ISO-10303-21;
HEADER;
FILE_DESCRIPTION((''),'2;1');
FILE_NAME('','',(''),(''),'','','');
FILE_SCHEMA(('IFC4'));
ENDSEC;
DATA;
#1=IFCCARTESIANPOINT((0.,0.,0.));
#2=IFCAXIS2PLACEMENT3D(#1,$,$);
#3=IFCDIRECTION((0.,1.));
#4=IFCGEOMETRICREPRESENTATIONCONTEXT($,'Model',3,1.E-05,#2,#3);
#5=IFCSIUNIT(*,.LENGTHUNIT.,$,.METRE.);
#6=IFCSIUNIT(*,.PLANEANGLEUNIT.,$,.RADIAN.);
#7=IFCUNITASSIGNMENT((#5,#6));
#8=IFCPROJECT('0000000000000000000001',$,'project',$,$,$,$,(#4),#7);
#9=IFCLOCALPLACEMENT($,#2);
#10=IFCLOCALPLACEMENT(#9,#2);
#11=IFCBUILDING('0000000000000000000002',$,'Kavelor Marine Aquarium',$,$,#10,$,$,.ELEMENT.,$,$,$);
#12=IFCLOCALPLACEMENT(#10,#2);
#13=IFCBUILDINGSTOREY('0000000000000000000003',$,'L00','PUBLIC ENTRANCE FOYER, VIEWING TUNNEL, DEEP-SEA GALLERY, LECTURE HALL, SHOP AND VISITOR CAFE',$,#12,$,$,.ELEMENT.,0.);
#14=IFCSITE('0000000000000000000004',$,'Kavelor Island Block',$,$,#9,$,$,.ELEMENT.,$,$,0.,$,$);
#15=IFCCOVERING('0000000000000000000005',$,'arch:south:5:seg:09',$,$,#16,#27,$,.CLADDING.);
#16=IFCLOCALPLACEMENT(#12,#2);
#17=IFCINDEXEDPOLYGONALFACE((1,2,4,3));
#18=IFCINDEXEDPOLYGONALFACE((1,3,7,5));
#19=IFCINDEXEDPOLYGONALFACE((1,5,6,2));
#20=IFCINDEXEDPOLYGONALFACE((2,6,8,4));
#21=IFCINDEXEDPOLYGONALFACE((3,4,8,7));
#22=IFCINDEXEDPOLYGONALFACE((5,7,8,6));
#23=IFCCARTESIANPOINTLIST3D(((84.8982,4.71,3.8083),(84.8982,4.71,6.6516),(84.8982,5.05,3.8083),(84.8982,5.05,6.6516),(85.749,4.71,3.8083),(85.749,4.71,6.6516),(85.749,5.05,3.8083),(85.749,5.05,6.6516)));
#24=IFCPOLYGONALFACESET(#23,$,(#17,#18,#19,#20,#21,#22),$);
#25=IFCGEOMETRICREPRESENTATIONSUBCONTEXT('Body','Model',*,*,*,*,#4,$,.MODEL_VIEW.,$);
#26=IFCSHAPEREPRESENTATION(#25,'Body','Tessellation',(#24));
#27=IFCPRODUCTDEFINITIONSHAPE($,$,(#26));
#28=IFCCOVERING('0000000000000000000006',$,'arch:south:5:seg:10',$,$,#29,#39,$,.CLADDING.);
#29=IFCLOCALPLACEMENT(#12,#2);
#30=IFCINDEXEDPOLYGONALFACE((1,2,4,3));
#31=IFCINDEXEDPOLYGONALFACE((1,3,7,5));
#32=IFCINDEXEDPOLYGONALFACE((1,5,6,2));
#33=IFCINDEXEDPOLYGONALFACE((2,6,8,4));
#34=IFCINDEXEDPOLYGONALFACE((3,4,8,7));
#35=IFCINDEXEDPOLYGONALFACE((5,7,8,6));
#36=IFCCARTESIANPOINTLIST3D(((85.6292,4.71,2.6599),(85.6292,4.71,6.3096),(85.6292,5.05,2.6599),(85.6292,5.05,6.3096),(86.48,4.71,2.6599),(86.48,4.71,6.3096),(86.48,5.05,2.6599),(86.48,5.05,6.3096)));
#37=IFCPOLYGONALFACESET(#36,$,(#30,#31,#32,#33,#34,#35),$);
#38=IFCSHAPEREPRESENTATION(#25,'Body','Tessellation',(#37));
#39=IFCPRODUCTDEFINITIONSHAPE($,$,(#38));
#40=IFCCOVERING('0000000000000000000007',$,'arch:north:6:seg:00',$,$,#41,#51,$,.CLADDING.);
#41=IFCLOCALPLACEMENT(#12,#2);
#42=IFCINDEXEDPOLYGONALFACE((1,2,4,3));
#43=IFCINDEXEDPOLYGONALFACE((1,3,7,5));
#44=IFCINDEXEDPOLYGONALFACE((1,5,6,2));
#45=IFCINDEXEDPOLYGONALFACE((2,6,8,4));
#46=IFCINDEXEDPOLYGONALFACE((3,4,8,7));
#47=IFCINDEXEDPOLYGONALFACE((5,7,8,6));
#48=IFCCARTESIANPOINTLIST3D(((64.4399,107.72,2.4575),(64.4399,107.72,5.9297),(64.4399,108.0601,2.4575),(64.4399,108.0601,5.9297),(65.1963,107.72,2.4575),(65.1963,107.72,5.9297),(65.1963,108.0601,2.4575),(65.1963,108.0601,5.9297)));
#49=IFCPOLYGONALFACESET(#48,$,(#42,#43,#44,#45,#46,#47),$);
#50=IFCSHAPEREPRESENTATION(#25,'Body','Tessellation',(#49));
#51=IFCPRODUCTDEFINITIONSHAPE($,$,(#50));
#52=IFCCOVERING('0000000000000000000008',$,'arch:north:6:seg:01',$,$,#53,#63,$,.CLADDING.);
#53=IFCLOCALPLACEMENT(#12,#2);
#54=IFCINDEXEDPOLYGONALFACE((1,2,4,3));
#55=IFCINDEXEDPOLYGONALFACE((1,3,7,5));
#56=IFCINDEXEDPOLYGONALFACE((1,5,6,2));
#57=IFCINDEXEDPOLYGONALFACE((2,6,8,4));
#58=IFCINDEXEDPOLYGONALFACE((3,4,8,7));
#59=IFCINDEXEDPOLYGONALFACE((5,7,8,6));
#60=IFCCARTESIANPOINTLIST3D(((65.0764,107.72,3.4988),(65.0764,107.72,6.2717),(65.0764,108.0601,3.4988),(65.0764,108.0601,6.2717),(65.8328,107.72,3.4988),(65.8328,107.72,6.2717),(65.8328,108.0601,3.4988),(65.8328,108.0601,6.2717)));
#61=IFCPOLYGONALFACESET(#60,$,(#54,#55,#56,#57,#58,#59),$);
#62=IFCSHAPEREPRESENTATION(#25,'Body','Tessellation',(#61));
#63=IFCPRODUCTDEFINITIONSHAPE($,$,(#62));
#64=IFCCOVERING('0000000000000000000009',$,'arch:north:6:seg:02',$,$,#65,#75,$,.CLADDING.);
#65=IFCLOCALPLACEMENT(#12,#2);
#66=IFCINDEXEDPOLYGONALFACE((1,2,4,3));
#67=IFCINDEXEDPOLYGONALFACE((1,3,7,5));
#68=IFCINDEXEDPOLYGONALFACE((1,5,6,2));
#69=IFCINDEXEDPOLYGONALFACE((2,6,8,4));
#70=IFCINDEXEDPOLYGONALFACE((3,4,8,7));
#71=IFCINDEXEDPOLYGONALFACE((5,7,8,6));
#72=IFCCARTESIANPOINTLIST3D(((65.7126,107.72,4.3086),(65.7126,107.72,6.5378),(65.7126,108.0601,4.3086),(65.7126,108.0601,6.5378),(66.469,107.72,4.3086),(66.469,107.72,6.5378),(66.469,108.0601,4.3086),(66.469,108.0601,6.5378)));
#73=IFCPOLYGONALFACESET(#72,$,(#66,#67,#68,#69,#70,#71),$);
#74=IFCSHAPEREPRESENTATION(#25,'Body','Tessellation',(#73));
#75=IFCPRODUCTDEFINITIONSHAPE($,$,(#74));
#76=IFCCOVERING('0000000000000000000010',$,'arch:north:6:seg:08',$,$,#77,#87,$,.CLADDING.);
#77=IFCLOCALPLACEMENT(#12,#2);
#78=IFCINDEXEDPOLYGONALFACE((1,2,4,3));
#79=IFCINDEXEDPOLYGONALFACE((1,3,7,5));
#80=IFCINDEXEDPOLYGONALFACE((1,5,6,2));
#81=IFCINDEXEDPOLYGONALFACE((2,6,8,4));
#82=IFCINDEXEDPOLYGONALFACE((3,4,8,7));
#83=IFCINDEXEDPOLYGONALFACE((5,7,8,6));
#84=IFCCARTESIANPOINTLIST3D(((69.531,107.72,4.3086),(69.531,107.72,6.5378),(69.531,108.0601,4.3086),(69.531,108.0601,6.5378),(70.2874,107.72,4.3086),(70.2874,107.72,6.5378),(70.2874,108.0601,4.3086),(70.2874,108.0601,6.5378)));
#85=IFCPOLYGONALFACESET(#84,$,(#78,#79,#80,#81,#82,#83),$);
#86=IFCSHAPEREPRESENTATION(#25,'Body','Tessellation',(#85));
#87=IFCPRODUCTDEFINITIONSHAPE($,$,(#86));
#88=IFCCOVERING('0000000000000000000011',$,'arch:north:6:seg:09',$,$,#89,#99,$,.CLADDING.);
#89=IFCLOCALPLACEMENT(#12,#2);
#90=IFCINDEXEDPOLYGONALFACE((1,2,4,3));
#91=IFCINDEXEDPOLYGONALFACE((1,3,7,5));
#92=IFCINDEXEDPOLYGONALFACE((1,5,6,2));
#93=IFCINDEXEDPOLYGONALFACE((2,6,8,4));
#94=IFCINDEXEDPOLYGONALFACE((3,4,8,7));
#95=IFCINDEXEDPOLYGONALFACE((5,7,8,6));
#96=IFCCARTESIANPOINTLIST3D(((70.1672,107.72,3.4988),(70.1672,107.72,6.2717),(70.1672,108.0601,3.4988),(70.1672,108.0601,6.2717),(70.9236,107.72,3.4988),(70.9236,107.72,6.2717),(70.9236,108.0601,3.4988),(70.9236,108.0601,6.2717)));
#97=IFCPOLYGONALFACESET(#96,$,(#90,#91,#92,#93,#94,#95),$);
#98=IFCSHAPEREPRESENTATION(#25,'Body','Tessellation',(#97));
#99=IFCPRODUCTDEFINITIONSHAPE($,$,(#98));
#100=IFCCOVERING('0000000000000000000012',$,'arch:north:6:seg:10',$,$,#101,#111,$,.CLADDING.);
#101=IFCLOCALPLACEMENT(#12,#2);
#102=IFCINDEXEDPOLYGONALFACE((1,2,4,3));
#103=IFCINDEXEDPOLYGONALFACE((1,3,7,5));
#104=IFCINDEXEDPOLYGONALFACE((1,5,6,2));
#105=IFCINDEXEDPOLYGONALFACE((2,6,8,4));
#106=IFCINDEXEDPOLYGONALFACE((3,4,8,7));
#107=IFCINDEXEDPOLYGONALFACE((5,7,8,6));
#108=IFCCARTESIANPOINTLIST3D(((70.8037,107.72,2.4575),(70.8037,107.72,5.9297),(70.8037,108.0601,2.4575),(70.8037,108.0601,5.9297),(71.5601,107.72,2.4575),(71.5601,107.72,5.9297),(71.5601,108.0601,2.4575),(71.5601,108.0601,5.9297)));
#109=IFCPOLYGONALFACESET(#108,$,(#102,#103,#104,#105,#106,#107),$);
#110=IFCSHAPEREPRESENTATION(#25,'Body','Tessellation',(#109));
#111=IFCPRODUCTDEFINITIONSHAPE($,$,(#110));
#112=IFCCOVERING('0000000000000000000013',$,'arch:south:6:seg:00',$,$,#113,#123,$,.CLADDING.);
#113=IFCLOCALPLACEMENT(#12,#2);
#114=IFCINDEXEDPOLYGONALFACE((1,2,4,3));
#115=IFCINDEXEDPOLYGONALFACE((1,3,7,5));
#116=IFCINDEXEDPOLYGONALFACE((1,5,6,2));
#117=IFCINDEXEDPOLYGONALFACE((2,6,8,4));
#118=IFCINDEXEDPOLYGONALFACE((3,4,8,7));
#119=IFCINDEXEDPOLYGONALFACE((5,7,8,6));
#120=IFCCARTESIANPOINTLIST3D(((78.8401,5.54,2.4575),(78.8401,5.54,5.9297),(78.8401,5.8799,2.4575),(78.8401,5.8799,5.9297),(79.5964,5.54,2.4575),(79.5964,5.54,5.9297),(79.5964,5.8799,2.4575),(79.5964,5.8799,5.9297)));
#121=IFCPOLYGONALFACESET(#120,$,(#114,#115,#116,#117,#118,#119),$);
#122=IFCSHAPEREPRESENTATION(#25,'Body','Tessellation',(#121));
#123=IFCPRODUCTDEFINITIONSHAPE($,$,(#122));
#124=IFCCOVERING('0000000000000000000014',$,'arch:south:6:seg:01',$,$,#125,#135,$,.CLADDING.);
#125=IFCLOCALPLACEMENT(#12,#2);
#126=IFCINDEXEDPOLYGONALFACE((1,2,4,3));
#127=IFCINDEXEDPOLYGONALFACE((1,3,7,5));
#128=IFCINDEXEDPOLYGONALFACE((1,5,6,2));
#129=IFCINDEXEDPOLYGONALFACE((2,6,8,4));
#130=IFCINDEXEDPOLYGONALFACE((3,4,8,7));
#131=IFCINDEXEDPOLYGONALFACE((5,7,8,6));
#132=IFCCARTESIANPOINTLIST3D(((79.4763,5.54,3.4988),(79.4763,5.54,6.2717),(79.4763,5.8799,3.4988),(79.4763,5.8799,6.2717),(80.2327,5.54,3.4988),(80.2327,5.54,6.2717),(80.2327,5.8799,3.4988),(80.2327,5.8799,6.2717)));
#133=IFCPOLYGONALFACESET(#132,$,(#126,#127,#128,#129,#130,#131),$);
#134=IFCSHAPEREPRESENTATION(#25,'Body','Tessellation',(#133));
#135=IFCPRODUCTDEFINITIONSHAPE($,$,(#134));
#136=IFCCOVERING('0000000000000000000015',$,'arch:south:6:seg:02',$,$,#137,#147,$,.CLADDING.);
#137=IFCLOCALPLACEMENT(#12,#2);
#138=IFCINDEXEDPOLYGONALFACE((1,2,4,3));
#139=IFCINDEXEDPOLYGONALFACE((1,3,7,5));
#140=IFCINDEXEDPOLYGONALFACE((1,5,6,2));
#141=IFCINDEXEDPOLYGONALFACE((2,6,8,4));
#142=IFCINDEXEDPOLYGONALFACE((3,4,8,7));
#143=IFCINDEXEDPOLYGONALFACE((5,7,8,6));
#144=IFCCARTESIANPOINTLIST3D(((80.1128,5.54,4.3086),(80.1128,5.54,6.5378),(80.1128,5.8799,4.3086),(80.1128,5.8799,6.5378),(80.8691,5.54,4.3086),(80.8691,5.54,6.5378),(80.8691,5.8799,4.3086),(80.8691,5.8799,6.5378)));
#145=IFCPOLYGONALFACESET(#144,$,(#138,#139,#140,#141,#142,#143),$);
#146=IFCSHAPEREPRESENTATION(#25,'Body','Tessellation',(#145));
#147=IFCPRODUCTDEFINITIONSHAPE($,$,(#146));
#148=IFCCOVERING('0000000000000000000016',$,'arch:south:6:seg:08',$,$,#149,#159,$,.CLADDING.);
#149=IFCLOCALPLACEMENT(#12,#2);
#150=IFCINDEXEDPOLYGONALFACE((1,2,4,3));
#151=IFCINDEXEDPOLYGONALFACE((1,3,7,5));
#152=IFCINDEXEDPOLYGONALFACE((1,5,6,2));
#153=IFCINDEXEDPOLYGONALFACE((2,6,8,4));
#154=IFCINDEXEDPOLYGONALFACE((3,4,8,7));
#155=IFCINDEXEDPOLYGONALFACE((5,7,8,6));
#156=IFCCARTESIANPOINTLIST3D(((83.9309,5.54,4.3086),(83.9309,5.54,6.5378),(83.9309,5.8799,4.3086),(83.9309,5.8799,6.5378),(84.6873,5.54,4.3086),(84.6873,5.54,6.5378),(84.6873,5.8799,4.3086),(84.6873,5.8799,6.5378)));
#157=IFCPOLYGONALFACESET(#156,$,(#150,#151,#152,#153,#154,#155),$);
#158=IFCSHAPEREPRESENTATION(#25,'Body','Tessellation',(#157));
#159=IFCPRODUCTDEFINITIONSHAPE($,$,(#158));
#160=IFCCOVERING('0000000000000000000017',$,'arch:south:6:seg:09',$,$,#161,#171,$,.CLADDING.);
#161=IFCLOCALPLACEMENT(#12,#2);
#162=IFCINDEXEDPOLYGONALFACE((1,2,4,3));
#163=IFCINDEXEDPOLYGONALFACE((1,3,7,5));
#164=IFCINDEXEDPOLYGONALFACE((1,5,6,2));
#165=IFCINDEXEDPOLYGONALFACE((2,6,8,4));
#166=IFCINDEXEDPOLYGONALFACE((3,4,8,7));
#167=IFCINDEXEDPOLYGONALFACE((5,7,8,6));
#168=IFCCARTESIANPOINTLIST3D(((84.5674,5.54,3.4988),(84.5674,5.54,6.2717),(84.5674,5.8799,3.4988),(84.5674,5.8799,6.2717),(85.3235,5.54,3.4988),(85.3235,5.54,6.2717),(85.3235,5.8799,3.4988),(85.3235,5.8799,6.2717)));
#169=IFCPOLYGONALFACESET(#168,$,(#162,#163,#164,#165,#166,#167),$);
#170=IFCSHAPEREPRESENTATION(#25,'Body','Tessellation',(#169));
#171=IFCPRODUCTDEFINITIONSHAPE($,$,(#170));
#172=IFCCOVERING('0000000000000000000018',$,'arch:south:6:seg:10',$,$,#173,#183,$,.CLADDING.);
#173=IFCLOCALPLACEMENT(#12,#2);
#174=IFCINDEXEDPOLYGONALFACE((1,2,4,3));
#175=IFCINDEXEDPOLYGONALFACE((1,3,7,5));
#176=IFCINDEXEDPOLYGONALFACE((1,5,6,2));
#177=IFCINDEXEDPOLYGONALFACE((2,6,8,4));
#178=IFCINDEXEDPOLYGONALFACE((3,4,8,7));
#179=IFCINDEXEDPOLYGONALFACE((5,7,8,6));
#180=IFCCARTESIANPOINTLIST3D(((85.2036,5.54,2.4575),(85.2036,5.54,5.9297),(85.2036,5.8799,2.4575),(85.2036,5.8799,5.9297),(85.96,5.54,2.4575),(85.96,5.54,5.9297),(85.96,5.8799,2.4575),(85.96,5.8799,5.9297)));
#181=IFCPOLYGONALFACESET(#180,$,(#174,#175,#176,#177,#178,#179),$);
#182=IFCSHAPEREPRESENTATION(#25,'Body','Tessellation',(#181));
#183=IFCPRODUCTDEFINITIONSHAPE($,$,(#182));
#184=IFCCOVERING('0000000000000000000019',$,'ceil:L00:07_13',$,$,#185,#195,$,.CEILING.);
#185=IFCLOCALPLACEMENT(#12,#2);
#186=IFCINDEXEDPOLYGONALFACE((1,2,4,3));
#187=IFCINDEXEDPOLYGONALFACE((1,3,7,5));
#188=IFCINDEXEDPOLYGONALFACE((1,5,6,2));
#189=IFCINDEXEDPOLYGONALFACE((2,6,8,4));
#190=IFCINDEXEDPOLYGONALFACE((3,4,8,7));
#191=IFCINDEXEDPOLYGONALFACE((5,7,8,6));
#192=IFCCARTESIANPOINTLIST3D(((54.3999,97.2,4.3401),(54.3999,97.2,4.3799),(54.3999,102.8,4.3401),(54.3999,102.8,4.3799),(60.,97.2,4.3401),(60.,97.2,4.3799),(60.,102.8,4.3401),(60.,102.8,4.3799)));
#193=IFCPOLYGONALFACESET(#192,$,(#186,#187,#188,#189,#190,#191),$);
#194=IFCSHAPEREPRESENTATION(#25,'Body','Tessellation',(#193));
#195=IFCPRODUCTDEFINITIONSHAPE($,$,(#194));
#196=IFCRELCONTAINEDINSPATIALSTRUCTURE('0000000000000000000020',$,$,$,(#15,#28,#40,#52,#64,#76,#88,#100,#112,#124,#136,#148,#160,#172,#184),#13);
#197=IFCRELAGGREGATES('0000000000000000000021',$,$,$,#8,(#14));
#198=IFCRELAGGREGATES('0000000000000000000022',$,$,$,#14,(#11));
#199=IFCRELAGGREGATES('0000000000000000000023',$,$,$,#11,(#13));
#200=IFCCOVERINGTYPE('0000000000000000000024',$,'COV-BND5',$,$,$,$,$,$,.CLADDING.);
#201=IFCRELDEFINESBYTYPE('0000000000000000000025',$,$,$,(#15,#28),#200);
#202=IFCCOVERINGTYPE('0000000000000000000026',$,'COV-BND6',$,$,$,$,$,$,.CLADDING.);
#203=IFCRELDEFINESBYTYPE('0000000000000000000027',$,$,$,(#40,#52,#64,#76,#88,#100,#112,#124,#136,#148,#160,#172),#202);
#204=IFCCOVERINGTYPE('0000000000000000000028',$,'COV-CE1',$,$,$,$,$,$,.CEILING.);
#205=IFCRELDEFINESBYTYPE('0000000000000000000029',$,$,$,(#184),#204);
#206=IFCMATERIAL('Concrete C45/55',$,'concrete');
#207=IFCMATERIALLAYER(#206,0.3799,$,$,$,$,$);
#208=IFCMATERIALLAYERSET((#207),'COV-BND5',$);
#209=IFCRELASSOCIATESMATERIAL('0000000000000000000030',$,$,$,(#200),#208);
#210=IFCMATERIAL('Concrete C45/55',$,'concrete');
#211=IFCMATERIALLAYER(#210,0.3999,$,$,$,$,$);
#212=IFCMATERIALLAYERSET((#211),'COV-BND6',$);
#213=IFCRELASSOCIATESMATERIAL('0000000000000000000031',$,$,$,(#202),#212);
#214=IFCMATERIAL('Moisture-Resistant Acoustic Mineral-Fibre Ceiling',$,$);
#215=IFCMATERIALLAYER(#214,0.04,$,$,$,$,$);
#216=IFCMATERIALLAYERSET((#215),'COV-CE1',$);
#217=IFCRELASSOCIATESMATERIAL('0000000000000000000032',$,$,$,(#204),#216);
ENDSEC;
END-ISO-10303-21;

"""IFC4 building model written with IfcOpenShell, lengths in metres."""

from ifc_helpers import new_model, si_unit, direction, frame, origin, place, context, subcontext, project, spatial, polyline, outline, extrude, material, layer, layer_set, type_object, element, save


model = new_model("IFC4")

# Units and contexts
model_context = context("Model", 3, precision=1e-05, world=origin(), true_north=direction((0.0, 1.0)))
body_context = subcontext(model_context, "Body", "Model", "MODEL_VIEW")
ifc_project = project(units=[si_unit("LENGTHUNIT", "METRE"), si_unit("PLANEANGLEUNIT", "RADIAN")], contexts=[model_context])

# Site, building, storey
site_placement = place(None, origin())
site = spatial("IfcSite", under=ifc_project, at=site_placement, Name="Kavelor Island Block", CompositionType="ELEMENT", RefElevation=0.0)
building_placement = place(site_placement, origin())
building = spatial("IfcBuilding", under=site, at=building_placement, Name="Kavelor Marine Aquarium", CompositionType="ELEMENT")
storey_placement = place(building_placement, origin())
storey = spatial("IfcBuildingStorey", under=building, at=storey_placement, Name="L00", Description="PUBLIC ENTRANCE FOYER, VIEWING TUNNEL, DEEP-SEA GALLERY, LECTURE HALL, SHOP AND VISITOR CAFE", CompositionType="ELEMENT", Elevation=0.0)

# Coverings
ifc_material_1 = material(Name="Concrete C45/55", Category="concrete")
ifc_layer_1 = layer(ifc_material_1, 0.3799)
ifc_layer_set_1 = layer_set([ifc_layer_1], Name="COV-BND5")
covering_type_1 = type_object("IfcCoveringType", Name="COV-BND5", PredefinedType="CLADDING", material=ifc_layer_set_1)
covering_1_placement = place(storey_placement, frame((0.0, 0.0, 3.8083)))
element("IfcCovering", 1, at=covering_1_placement, inside=storey, type_object=covering_type_1, Name="arch:south:5:seg:09", PredefinedType="CLADDING", context=body_context, shape_type="SweptSolid", body=[
    extrude(outline(polyline([(84.8982, 4.71), (85.749, 4.71), (85.749, 5.05), (84.8982, 5.05), (84.8982, 4.71)])), origin(), (0.0, 0.0, 1.0), 2.8433),
])
covering_2_placement = place(storey_placement, frame((0.0, 0.0, 2.6599)))
element("IfcCovering", 2, at=covering_2_placement, inside=storey, type_object=covering_type_1, Name="arch:south:5:seg:10", PredefinedType="CLADDING", context=body_context, shape_type="SweptSolid", body=[
    extrude(outline(polyline([(85.6292, 4.71), (86.48, 4.71), (86.48, 5.05), (85.6292, 5.05), (85.6292, 4.71)])), origin(), (0.0, 0.0, 1.0), 3.6497),
])
ifc_material_2 = material(Name="Concrete C45/55", Category="concrete")
ifc_layer_2 = layer(ifc_material_2, 0.3999)
ifc_layer_set_2 = layer_set([ifc_layer_2], Name="COV-BND6")
covering_type_2 = type_object("IfcCoveringType", Name="COV-BND6", PredefinedType="CLADDING", material=ifc_layer_set_2)
covering_3_placement = place(storey_placement, frame((0.0, 0.0, 2.4575)))
element("IfcCovering", 3, at=covering_3_placement, inside=storey, type_object=covering_type_2, Name="arch:north:6:seg:00", PredefinedType="CLADDING", context=body_context, shape_type="SweptSolid", body=[
    extrude(outline(polyline([(64.4399, 107.72), (65.1963, 107.72), (65.1963, 108.0601), (64.4399, 108.0601), (64.4399, 107.72)])), origin(), (0.0, 0.0, 1.0), 3.4722),
])
covering_4_placement = place(storey_placement, frame((0.0, 0.0, 3.4988)))
element("IfcCovering", 4, at=covering_4_placement, inside=storey, type_object=covering_type_2, Name="arch:north:6:seg:01", PredefinedType="CLADDING", context=body_context, shape_type="SweptSolid", body=[
    extrude(outline(polyline([(65.0764, 107.72), (65.8328, 107.72), (65.8328, 108.0601), (65.0764, 108.0601), (65.0764, 107.72)])), origin(), (0.0, 0.0, 1.0), 2.7729),
])
covering_5_placement = place(storey_placement, frame((0.0, 0.0, 4.3086)))
element("IfcCovering", 5, at=covering_5_placement, inside=storey, type_object=covering_type_2, Name="arch:north:6:seg:02", PredefinedType="CLADDING", context=body_context, shape_type="SweptSolid", body=[
    extrude(outline(polyline([(65.7126, 107.72), (66.469, 107.72), (66.469, 108.0601), (65.7126, 108.0601), (65.7126, 107.72)])), origin(), (0.0, 0.0, 1.0), 2.2292),
])
covering_6_placement = place(storey_placement, frame((0.0, 0.0, 4.3086)))
element("IfcCovering", 6, at=covering_6_placement, inside=storey, type_object=covering_type_2, Name="arch:north:6:seg:08", PredefinedType="CLADDING", context=body_context, shape_type="SweptSolid", body=[
    extrude(outline(polyline([(69.531, 107.72), (70.2874, 107.72), (70.2874, 108.0601), (69.531, 108.0601), (69.531, 107.72)])), origin(), (0.0, 0.0, 1.0), 2.2292),
])
covering_7_placement = place(storey_placement, frame((0.0, 0.0, 3.4988)))
element("IfcCovering", 7, at=covering_7_placement, inside=storey, type_object=covering_type_2, Name="arch:north:6:seg:09", PredefinedType="CLADDING", context=body_context, shape_type="SweptSolid", body=[
    extrude(outline(polyline([(70.1672, 107.72), (70.9236, 107.72), (70.9236, 108.0601), (70.1672, 108.0601), (70.1672, 107.72)])), origin(), (0.0, 0.0, 1.0), 2.7729),
])
covering_8_placement = place(storey_placement, frame((0.0, 0.0, 2.4575)))
element("IfcCovering", 8, at=covering_8_placement, inside=storey, type_object=covering_type_2, Name="arch:north:6:seg:10", PredefinedType="CLADDING", context=body_context, shape_type="SweptSolid", body=[
    extrude(outline(polyline([(70.8037, 107.72), (71.5601, 107.72), (71.5601, 108.0601), (70.8037, 108.0601), (70.8037, 107.72)])), origin(), (0.0, 0.0, 1.0), 3.4722),
])
covering_9_placement = place(storey_placement, frame((0.0, 0.0, 2.4575)))
element("IfcCovering", 9, at=covering_9_placement, inside=storey, type_object=covering_type_2, Name="arch:south:6:seg:00", PredefinedType="CLADDING", context=body_context, shape_type="SweptSolid", body=[
    extrude(outline(polyline([(78.8401, 5.54), (79.5964, 5.54), (79.5964, 5.8799), (78.8401, 5.8799), (78.8401, 5.54)])), origin(), (0.0, 0.0, 1.0), 3.4722),
])
covering_10_placement = place(storey_placement, frame((0.0, 0.0, 3.4988)))
element("IfcCovering", 10, at=covering_10_placement, inside=storey, type_object=covering_type_2, Name="arch:south:6:seg:01", PredefinedType="CLADDING", context=body_context, shape_type="SweptSolid", body=[
    extrude(outline(polyline([(79.4763, 5.54), (80.2327, 5.54), (80.2327, 5.8799), (79.4763, 5.8799), (79.4763, 5.54)])), origin(), (0.0, 0.0, 1.0), 2.7729),
])
covering_11_placement = place(storey_placement, frame((0.0, 0.0, 4.3086)))
element("IfcCovering", 11, at=covering_11_placement, inside=storey, type_object=covering_type_2, Name="arch:south:6:seg:02", PredefinedType="CLADDING", context=body_context, shape_type="SweptSolid", body=[
    extrude(outline(polyline([(80.1128, 5.54), (80.8691, 5.54), (80.8691, 5.8799), (80.1128, 5.8799), (80.1128, 5.54)])), origin(), (0.0, 0.0, 1.0), 2.2292),
])
covering_12_placement = place(storey_placement, frame((0.0, 0.0, 4.3086)))
element("IfcCovering", 12, at=covering_12_placement, inside=storey, type_object=covering_type_2, Name="arch:south:6:seg:08", PredefinedType="CLADDING", context=body_context, shape_type="SweptSolid", body=[
    extrude(outline(polyline([(83.9309, 5.54), (84.6873, 5.54), (84.6873, 5.8799), (83.9309, 5.8799), (83.9309, 5.54)])), origin(), (0.0, 0.0, 1.0), 2.2292),
])
covering_13_placement = place(storey_placement, frame((0.0, 0.0, 3.4988)))
element("IfcCovering", 13, at=covering_13_placement, inside=storey, type_object=covering_type_2, Name="arch:south:6:seg:09", PredefinedType="CLADDING", context=body_context, shape_type="SweptSolid", body=[
    extrude(outline(polyline([(84.5674, 5.54), (85.3235, 5.54), (85.3235, 5.8799), (84.5674, 5.8799), (84.5674, 5.54)])), origin(), (0.0, 0.0, 1.0), 2.7729),
])
covering_14_placement = place(storey_placement, frame((0.0, 0.0, 2.4575)))
element("IfcCovering", 14, at=covering_14_placement, inside=storey, type_object=covering_type_2, Name="arch:south:6:seg:10", PredefinedType="CLADDING", context=body_context, shape_type="SweptSolid", body=[
    extrude(outline(polyline([(85.2036, 5.54), (85.96, 5.54), (85.96, 5.8799), (85.2036, 5.8799), (85.2036, 5.54)])), origin(), (0.0, 0.0, 1.0), 3.4722),
])
ifc_material_3 = material(Name="Moisture-Resistant Acoustic Mineral-Fibre Ceiling")
ifc_layer_3 = layer(ifc_material_3, 0.04)
ifc_layer_set_3 = layer_set([ifc_layer_3], Name="COV-CE1")
covering_type_3 = type_object("IfcCoveringType", Name="COV-CE1", PredefinedType="CEILING", material=ifc_layer_set_3)
covering_15_placement = place(storey_placement, frame((0.0, 0.0, 4.3401)))
element("IfcCovering", 15, at=covering_15_placement, inside=storey, type_object=covering_type_3, Name="ceil:L00:07_13", PredefinedType="CEILING", context=body_context, shape_type="SweptSolid", body=[
    extrude(outline(polyline([(54.3999, 97.2), (60.0, 97.2), (60.0, 102.8), (54.3999, 102.8), (54.3999, 97.2)])), origin(), (0.0, 0.0, 1.0), 0.0398),
])

save(model, "model.ifc")
